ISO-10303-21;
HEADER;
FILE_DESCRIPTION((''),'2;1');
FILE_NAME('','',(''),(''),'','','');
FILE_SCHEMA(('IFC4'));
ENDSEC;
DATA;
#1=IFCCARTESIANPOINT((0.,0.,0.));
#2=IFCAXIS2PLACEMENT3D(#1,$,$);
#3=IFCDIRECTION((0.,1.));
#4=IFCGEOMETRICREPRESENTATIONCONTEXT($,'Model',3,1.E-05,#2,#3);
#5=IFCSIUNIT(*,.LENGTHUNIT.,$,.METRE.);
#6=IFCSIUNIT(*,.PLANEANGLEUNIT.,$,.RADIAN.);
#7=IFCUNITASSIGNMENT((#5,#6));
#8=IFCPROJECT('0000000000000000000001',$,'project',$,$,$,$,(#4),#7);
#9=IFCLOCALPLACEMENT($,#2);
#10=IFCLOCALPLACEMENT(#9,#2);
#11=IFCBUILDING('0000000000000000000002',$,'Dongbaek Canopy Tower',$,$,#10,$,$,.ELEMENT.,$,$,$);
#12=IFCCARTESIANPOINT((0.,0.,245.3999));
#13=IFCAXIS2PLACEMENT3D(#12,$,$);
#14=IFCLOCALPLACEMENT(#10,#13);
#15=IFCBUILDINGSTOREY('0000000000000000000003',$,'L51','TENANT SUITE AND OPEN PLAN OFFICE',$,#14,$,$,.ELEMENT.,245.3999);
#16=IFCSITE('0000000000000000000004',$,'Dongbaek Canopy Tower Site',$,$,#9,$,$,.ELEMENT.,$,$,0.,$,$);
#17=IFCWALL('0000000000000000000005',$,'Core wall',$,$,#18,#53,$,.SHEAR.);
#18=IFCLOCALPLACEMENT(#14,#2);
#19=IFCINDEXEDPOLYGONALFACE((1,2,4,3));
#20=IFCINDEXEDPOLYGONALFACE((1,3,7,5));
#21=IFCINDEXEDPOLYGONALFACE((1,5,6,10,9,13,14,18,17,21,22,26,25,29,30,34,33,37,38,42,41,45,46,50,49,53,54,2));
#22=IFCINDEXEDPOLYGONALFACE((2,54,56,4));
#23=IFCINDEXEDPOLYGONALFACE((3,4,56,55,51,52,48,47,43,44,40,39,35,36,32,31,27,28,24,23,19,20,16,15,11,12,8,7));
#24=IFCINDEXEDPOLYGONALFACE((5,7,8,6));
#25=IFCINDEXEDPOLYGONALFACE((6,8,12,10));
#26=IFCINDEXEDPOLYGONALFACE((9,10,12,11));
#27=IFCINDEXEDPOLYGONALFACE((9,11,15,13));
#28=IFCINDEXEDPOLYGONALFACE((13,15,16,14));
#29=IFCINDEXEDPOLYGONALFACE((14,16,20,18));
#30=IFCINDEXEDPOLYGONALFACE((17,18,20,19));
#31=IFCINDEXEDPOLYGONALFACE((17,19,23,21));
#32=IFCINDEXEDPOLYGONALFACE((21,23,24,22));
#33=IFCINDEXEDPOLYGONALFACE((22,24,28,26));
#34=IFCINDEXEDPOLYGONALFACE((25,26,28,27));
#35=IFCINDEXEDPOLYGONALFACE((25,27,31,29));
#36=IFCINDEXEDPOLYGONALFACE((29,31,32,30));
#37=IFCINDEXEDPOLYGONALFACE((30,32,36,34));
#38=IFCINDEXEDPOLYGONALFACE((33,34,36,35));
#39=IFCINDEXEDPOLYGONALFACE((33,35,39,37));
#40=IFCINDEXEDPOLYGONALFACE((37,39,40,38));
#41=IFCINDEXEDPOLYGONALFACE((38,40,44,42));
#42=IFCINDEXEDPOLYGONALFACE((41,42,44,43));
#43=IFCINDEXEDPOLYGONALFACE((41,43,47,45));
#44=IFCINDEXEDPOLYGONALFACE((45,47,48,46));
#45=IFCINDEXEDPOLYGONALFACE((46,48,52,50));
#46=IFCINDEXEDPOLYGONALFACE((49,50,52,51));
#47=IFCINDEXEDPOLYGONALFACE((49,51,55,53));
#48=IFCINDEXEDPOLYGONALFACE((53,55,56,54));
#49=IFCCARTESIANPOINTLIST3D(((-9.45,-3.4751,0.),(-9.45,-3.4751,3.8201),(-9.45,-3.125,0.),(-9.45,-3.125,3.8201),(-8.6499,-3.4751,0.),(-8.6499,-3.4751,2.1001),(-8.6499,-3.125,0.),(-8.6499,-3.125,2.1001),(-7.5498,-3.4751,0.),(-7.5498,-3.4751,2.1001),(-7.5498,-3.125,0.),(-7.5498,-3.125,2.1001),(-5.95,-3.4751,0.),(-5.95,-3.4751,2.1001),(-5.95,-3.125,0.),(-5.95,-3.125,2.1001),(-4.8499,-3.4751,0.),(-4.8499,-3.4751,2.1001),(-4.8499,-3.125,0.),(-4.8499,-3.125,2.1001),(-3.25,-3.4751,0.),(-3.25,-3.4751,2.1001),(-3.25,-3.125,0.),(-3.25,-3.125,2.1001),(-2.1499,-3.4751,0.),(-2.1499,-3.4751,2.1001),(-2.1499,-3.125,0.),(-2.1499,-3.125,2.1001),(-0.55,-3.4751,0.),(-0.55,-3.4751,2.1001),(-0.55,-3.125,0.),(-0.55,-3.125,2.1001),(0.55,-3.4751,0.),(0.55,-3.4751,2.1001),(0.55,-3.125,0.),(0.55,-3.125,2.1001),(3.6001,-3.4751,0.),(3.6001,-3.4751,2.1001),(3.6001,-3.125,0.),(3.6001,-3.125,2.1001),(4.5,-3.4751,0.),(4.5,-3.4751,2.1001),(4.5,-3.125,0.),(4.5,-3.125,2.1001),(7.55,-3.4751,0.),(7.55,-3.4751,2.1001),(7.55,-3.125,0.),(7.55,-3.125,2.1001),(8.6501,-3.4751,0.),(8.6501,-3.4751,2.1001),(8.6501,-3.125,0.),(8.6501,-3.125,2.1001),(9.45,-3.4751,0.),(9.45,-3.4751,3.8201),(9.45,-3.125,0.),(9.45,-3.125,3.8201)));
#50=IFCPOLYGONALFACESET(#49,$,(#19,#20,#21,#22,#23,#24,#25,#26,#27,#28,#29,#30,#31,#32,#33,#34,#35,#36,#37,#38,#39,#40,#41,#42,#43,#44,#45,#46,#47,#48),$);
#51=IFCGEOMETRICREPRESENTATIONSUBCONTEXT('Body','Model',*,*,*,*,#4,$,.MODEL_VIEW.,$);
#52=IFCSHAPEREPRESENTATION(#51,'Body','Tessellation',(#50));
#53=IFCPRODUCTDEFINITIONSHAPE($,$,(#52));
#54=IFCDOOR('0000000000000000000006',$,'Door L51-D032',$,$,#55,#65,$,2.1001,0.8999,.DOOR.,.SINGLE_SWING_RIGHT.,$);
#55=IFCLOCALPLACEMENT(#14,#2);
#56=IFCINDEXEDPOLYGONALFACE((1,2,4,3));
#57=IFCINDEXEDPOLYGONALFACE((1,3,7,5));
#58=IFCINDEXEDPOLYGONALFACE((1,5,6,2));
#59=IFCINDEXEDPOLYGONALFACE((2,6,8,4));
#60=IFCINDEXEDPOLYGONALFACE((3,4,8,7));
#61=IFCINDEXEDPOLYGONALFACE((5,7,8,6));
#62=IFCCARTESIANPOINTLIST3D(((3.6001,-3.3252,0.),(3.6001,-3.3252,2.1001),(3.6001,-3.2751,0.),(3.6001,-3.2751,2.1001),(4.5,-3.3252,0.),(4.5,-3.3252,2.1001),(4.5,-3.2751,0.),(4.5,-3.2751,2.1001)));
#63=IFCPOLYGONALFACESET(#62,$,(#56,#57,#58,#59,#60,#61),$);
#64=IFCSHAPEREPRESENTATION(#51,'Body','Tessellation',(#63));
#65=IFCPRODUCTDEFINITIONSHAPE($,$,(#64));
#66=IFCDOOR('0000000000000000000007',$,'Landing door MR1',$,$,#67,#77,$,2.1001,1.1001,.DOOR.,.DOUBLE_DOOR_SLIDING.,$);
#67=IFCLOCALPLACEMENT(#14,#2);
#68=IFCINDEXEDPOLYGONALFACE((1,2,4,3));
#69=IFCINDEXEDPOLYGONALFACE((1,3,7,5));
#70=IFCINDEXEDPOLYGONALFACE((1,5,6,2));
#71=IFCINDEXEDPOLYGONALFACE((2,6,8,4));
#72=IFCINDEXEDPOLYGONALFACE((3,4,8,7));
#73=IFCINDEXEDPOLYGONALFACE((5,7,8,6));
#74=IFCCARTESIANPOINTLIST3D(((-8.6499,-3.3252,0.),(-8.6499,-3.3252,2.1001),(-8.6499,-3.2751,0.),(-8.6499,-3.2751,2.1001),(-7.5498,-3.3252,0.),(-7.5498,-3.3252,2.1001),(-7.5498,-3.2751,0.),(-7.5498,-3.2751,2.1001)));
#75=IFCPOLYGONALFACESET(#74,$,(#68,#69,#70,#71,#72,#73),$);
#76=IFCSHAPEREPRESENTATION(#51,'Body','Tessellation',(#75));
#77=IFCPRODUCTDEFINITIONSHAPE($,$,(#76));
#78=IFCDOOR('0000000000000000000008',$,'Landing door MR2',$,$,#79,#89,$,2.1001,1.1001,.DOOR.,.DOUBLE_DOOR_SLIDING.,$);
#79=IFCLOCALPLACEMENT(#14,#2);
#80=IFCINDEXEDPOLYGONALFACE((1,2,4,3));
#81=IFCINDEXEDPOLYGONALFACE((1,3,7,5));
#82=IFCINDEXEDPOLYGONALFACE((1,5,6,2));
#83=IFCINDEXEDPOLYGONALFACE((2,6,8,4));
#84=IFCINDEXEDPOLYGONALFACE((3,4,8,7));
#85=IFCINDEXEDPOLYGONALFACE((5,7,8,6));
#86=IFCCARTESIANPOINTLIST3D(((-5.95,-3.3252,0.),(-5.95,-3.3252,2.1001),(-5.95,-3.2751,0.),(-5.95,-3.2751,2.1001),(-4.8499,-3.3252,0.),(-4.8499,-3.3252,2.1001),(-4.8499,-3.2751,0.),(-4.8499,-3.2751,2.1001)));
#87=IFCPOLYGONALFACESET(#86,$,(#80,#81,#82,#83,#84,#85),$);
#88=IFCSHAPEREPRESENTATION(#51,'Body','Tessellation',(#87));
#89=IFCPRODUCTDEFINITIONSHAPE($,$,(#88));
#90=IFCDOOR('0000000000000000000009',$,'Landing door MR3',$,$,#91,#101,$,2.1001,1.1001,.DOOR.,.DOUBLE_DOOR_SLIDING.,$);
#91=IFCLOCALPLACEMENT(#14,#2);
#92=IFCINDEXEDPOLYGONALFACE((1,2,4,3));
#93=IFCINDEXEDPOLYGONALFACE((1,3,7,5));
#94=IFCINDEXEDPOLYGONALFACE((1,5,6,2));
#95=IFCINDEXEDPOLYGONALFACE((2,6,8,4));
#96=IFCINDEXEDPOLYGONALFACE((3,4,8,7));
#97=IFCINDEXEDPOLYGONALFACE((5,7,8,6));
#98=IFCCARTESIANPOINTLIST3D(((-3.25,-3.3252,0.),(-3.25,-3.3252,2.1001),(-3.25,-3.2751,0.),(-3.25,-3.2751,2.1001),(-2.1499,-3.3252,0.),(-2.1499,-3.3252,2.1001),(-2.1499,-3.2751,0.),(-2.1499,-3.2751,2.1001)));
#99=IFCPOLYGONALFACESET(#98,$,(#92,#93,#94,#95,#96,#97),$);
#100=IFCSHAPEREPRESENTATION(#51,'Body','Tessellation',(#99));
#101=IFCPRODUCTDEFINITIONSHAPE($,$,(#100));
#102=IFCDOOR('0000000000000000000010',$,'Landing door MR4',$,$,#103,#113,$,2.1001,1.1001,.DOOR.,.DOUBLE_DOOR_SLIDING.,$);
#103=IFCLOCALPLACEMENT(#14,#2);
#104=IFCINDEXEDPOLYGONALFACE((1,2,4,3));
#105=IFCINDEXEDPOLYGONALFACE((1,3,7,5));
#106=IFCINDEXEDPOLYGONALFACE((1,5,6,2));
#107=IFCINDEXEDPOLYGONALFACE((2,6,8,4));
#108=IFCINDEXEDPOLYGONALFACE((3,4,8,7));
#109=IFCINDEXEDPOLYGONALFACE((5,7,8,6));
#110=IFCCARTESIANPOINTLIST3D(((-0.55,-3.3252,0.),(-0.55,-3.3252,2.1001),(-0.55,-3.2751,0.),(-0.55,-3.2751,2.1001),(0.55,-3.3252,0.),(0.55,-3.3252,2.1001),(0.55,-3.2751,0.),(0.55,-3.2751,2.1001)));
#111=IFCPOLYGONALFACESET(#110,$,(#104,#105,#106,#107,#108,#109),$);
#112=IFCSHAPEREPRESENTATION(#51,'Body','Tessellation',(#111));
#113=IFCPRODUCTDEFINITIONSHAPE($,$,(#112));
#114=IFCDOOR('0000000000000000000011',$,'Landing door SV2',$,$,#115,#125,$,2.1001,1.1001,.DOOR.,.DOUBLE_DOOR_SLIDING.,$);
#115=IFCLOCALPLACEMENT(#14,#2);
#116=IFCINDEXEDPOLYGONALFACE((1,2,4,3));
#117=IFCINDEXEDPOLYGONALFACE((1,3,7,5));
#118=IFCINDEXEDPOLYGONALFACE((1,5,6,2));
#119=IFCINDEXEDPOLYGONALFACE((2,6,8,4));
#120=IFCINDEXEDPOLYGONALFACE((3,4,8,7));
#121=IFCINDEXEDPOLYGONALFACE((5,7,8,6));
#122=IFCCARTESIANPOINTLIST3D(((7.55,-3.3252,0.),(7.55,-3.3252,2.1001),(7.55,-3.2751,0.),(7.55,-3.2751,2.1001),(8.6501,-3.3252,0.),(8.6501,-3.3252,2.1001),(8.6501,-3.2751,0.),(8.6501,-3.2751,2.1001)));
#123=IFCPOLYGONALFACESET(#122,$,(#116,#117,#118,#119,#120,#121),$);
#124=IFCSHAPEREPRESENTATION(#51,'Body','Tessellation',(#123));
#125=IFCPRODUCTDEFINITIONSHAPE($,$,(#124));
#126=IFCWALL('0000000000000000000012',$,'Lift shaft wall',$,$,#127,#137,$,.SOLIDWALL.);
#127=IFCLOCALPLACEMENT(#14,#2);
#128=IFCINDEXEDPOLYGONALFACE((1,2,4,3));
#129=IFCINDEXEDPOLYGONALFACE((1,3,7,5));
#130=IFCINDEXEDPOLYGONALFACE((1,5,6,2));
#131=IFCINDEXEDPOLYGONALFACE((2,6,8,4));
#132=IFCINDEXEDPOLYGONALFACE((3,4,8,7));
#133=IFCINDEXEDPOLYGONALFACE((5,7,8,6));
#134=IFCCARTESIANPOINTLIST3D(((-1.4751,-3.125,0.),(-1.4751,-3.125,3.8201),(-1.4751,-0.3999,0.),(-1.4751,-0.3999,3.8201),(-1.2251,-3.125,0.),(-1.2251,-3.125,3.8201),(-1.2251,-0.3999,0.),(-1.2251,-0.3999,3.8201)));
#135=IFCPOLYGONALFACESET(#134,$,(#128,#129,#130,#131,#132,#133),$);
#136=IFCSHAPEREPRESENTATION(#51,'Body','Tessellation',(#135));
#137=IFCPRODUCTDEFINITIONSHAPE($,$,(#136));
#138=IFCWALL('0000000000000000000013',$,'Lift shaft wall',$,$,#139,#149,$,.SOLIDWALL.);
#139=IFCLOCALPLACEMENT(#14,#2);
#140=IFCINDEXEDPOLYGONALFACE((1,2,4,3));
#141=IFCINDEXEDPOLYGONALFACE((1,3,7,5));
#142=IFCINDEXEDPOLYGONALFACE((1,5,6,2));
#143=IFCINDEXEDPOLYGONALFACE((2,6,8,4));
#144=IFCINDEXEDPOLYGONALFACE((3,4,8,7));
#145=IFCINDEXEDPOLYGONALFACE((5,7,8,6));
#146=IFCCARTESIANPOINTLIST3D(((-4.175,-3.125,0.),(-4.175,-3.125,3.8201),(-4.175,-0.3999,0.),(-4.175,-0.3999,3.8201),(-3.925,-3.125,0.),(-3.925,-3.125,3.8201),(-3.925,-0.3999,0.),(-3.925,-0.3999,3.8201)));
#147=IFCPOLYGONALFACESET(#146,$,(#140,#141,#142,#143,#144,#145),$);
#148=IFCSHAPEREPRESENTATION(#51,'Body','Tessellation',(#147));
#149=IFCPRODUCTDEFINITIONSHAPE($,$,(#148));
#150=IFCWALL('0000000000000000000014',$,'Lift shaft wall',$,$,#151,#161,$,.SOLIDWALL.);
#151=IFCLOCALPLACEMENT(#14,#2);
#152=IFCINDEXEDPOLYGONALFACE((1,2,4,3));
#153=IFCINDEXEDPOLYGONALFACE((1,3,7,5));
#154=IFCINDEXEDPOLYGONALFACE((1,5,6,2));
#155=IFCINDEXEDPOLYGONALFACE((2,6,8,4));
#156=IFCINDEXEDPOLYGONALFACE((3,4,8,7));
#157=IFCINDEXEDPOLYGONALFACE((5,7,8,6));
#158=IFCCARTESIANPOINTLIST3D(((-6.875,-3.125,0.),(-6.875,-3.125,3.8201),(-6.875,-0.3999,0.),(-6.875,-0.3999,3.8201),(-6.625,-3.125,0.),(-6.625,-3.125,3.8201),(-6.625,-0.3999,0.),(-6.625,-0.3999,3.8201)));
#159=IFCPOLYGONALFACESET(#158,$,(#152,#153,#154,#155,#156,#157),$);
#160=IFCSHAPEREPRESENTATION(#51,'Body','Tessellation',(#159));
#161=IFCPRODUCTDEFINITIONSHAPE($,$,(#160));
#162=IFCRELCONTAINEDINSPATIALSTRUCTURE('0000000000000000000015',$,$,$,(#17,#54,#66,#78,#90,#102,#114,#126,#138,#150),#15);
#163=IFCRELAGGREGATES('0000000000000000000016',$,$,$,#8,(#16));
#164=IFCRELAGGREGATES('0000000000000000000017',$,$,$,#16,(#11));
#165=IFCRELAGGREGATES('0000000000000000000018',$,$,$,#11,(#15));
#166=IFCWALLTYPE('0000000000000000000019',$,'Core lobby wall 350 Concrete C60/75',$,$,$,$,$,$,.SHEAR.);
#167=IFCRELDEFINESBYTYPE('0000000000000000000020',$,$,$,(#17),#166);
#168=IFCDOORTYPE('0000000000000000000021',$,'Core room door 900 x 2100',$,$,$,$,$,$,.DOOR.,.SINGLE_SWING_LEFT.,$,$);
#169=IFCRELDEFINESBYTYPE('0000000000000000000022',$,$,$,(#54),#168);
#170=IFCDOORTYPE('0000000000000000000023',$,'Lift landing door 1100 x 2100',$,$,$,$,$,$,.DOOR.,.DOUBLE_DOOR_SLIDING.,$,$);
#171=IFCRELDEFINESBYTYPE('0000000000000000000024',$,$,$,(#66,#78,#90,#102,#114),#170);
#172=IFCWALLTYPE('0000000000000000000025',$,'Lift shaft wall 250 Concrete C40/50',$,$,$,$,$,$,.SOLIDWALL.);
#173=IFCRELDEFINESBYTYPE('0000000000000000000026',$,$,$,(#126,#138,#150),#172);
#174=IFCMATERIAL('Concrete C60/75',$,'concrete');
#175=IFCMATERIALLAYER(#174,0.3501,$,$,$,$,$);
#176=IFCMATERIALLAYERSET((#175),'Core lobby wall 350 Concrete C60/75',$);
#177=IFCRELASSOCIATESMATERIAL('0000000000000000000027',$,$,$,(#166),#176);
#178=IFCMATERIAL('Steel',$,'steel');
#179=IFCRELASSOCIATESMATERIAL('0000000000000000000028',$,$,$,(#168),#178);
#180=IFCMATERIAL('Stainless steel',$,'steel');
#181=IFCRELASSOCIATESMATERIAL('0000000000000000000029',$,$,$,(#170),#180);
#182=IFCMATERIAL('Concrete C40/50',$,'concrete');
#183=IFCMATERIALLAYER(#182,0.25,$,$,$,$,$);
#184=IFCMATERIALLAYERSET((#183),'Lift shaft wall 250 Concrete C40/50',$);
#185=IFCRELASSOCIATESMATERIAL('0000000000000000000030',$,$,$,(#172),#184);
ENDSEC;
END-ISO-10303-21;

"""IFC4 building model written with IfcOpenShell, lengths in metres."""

from ifc_helpers import new_model, si_unit, direction, frame, frame_2d, origin, place, context, subcontext, project, spatial, rectangle, extrude, material, layer, layer_set, type_object, element, fill, save


model = new_model("IFC4")

# Units and contexts
model_context = context("Model", 3, precision=1e-05, world=origin(), true_north=direction((0.0, 1.0)))
body_context = subcontext(model_context, "Body", "Model", "MODEL_VIEW")
ifc_project = project(units=[si_unit("LENGTHUNIT", "METRE"), si_unit("PLANEANGLEUNIT", "RADIAN")], contexts=[model_context])

# Site, building, storey
site_placement = place(None, origin())
site = spatial("IfcSite", under=ifc_project, at=site_placement, Name="Dongbaek Canopy Tower Site", CompositionType="ELEMENT", RefElevation=0.0)
building_placement = place(site_placement, origin())
building = spatial("IfcBuilding", under=site, at=building_placement, Name="Dongbaek Canopy Tower", CompositionType="ELEMENT")
storey_placement = place(building_placement, frame((0.0, 0.0, 245.3999)))
storey = spatial("IfcBuildingStorey", under=building, at=storey_placement, Name="L51", Description="TENANT SUITE AND OPEN PLAN OFFICE", CompositionType="ELEMENT", Elevation=245.3999)

# Wall, openings, doors
ifc_material_1 = material(Name="Concrete C60/75", Category="concrete")
ifc_layer_1 = layer(ifc_material_1, 0.3501)
ifc_layer_set_1 = layer_set([ifc_layer_1], Name="Core lobby wall 350 Concrete C60/75")
wall_type_1 = type_object("IfcWallType", Name="Core lobby wall 350 Concrete C60/75", PredefinedType="SHEAR", material=ifc_layer_set_1)
wall_1_placement = place(storey_placement, frame((-9.45, -3.3, 0.0), z_axis=(0.0, 0.0, 1.0), x_axis=(1.0, 0.0, 0.0)))
wall_1 = element("IfcWall", 1, at=wall_1_placement, inside=storey, type_object=wall_type_1, Name="Core wall", PredefinedType="SHEAR", context=body_context, shape_type="SweptSolid", body=[
    extrude(rectangle(XDim=18.8999, YDim=0.3501, at=frame_2d((9.45, 0.0))), origin(), (0.0, 0.0, 1.0), 3.8201),
])
opening_1_placement = place(wall_1_placement, frame((0.8, 0.0, 0.0)))
opening_1 = element("IfcOpeningElement", 2, at=opening_1_placement, cuts=wall_1, PredefinedType="OPENING", context=body_context, shape_type="SweptSolid", body=[
    extrude(rectangle(XDim=1.1001, YDim=2.1001, at=frame_2d((0.55, 1.05))), frame((0.0, 0.1851, 0.0), z_axis=(0.0, -1.0, 0.0), x_axis=(1.0, 0.0, 0.0)), (0.0, 0.0, 1.0), 0.3701),
])
opening_2_placement = place(wall_1_placement, frame((3.5, 0.0, 0.0)))
opening_2 = element("IfcOpeningElement", 3, at=opening_2_placement, cuts=wall_1, PredefinedType="OPENING", context=body_context, shape_type="SweptSolid", body=[
    extrude(rectangle(XDim=1.1001, YDim=2.1001, at=frame_2d((0.55, 1.05))), frame((0.0, 0.1851, 0.0), z_axis=(0.0, -1.0, 0.0), x_axis=(1.0, 0.0, 0.0)), (0.0, 0.0, 1.0), 0.3701),
])
opening_3_placement = place(wall_1_placement, frame((6.2, 0.0, 0.0)))
opening_3 = element("IfcOpeningElement", 4, at=opening_3_placement, cuts=wall_1, PredefinedType="OPENING", context=body_context, shape_type="SweptSolid", body=[
    extrude(rectangle(XDim=1.1001, YDim=2.1001, at=frame_2d((0.55, 1.05))), frame((0.0, 0.1851, 0.0), z_axis=(0.0, -1.0, 0.0), x_axis=(1.0, 0.0, 0.0)), (0.0, 0.0, 1.0), 0.3701),
])
opening_4_placement = place(wall_1_placement, frame((8.8999, 0.0, 0.0)))
opening_4 = element("IfcOpeningElement", 5, at=opening_4_placement, cuts=wall_1, PredefinedType="OPENING", context=body_context, shape_type="SweptSolid", body=[
    extrude(rectangle(XDim=1.1001, YDim=2.1001, at=frame_2d((0.55, 1.05))), frame((0.0, 0.1851, 0.0), z_axis=(0.0, -1.0, 0.0), x_axis=(1.0, 0.0, 0.0)), (0.0, 0.0, 1.0), 0.3701),
])
opening_5_placement = place(wall_1_placement, frame((17.0, 0.0, 0.0)))
opening_5 = element("IfcOpeningElement", 6, at=opening_5_placement, cuts=wall_1, PredefinedType="OPENING", context=body_context, shape_type="SweptSolid", body=[
    extrude(rectangle(XDim=1.1001, YDim=2.1001, at=frame_2d((0.55, 1.05))), frame((0.0, 0.1851, 0.0), z_axis=(0.0, -1.0, 0.0), x_axis=(1.0, 0.0, 0.0)), (0.0, 0.0, 1.0), 0.3701),
])
opening_6_placement = place(wall_1_placement, frame((13.05, 0.0, 0.0)))
opening_6 = element("IfcOpeningElement", 7, at=opening_6_placement, cuts=wall_1, PredefinedType="OPENING", context=body_context, shape_type="SweptSolid", body=[
    extrude(rectangle(XDim=0.8999, YDim=2.1001, at=frame_2d((0.45, 1.05))), frame((0.0, 0.1851, 0.0), z_axis=(0.0, -1.0, 0.0), x_axis=(1.0, 0.0, 0.0)), (0.0, 0.0, 1.0), 0.3701),
])
ifc_material_2 = material(Name="Steel", Category="steel")
door_type_1 = type_object("IfcDoorType", Name="Core room door 900 x 2100", OperationType="SINGLE_SWING_LEFT", PredefinedType="DOOR", material=ifc_material_2)
door_1_placement = place(opening_6_placement, origin())
door_1 = element("IfcDoor", 8, at=door_1_placement, inside=storey, type_object=door_type_1, Name="Door L51-D032", OperationType="SINGLE_SWING_RIGHT", OverallHeight=2.1001, OverallWidth=0.8999, PredefinedType="DOOR", context=body_context, shape_type="SweptSolid", body=[
    extrude(rectangle(XDim=0.8999, YDim=2.1001, at=frame_2d((0.45, 1.05))), frame((0.0, 0.0249, 0.0), z_axis=(0.0, -1.0, 0.0), x_axis=(1.0, 0.0, 0.0)), (0.0, 0.0, 1.0), 0.05),
])
fill(opening_6, door_1)
ifc_material_3 = material(Name="Stainless steel", Category="steel")
door_type_2 = type_object("IfcDoorType", Name="Lift landing door 1100 x 2100", OperationType="DOUBLE_DOOR_SLIDING", PredefinedType="DOOR", material=ifc_material_3)
door_2_placement = place(opening_1_placement, origin())
door_2 = element("IfcDoor", 9, at=door_2_placement, inside=storey, type_object=door_type_2, Name="Landing door MR1", OperationType="DOUBLE_DOOR_SLIDING", OverallHeight=2.1001, OverallWidth=1.1001, PredefinedType="DOOR", context=body_context, shape_type="SweptSolid", body=[
    extrude(rectangle(XDim=1.1001, YDim=2.1001, at=frame_2d((0.55, 1.05))), frame((0.0, 0.0249, 0.0), z_axis=(0.0, -1.0, 0.0), x_axis=(1.0, 0.0, 0.0)), (0.0, 0.0, 1.0), 0.05),
])
fill(opening_1, door_2)
door_3_placement = place(opening_2_placement, origin())
door_3 = element("IfcDoor", 10, at=door_3_placement, inside=storey, type_object=door_type_2, Name="Landing door MR2", OperationType="DOUBLE_DOOR_SLIDING", OverallHeight=2.1001, OverallWidth=1.1001, PredefinedType="DOOR", context=body_context, shape_type="SweptSolid", body=[
    extrude(rectangle(XDim=1.1001, YDim=2.1001, at=frame_2d((0.55, 1.05))), frame((0.0, 0.0249, 0.0), z_axis=(0.0, -1.0, 0.0), x_axis=(1.0, 0.0, 0.0)), (0.0, 0.0, 1.0), 0.05),
])
fill(opening_2, door_3)
door_4_placement = place(opening_3_placement, origin())
door_4 = element("IfcDoor", 11, at=door_4_placement, inside=storey, type_object=door_type_2, Name="Landing door MR3", OperationType="DOUBLE_DOOR_SLIDING", OverallHeight=2.1001, OverallWidth=1.1001, PredefinedType="DOOR", context=body_context, shape_type="SweptSolid", body=[
    extrude(rectangle(XDim=1.1001, YDim=2.1001, at=frame_2d((0.55, 1.05))), frame((0.0, 0.0249, 0.0), z_axis=(0.0, -1.0, 0.0), x_axis=(1.0, 0.0, 0.0)), (0.0, 0.0, 1.0), 0.05),
])
fill(opening_3, door_4)
door_5_placement = place(opening_4_placement, origin())
door_5 = element("IfcDoor", 12, at=door_5_placement, inside=storey, type_object=door_type_2, Name="Landing door MR4", OperationType="DOUBLE_DOOR_SLIDING", OverallHeight=2.1001, OverallWidth=1.1001, PredefinedType="DOOR", context=body_context, shape_type="SweptSolid", body=[
    extrude(rectangle(XDim=1.1001, YDim=2.1001, at=frame_2d((0.55, 1.05))), frame((0.0, 0.0249, 0.0), z_axis=(0.0, -1.0, 0.0), x_axis=(1.0, 0.0, 0.0)), (0.0, 0.0, 1.0), 0.05),
])
fill(opening_4, door_5)
door_6_placement = place(opening_5_placement, origin())
door_6 = element("IfcDoor", 13, at=door_6_placement, inside=storey, type_object=door_type_2, Name="Landing door SV2", OperationType="DOUBLE_DOOR_SLIDING", OverallHeight=2.1001, OverallWidth=1.1001, PredefinedType="DOOR", context=body_context, shape_type="SweptSolid", body=[
    extrude(rectangle(XDim=1.1001, YDim=2.1001, at=frame_2d((0.55, 1.05))), frame((0.0, 0.0249, 0.0), z_axis=(0.0, -1.0, 0.0), x_axis=(1.0, 0.0, 0.0)), (0.0, 0.0, 1.0), 0.05),
])
fill(opening_5, door_6)

# Walls
ifc_material_4 = material(Name="Concrete C40/50", Category="concrete")
ifc_layer_2 = layer(ifc_material_4, 0.25)
ifc_layer_set_2 = layer_set([ifc_layer_2], Name="Lift shaft wall 250 Concrete C40/50")
wall_type_2 = type_object("IfcWallType", Name="Lift shaft wall 250 Concrete C40/50", PredefinedType="SOLIDWALL", material=ifc_layer_set_2)
for number, where, z_axis, x_axis, name in (
    (14, (-1.3501, -3.125, 0.0), (0.0, 0.0, 1.0), (0.0, 1.0, 0.0), "Lift shaft wall"),
    (15, (-4.05, -3.125, 0.0), (0.0, 0.0, 1.0), (0.0, 1.0, 0.0), "Lift shaft wall"),
    (16, (-6.75, -3.125, 0.0), (0.0, 0.0, 1.0), (0.0, 1.0, 0.0), "Lift shaft wall"),
):
    element("IfcWall", number, at=place(storey_placement, frame(where, z_axis=z_axis, x_axis=x_axis)), inside=storey, type_object=wall_type_2, Name=name, PredefinedType="SOLIDWALL", context=body_context, shape_type="SweptSolid", body=[
        extrude(rectangle(XDim=2.7251, YDim=0.25, at=frame_2d((1.3625, 0.0))), origin(), (0.0, 0.0, 1.0), 3.8201),
    ])

save(model, "model.ifc")
